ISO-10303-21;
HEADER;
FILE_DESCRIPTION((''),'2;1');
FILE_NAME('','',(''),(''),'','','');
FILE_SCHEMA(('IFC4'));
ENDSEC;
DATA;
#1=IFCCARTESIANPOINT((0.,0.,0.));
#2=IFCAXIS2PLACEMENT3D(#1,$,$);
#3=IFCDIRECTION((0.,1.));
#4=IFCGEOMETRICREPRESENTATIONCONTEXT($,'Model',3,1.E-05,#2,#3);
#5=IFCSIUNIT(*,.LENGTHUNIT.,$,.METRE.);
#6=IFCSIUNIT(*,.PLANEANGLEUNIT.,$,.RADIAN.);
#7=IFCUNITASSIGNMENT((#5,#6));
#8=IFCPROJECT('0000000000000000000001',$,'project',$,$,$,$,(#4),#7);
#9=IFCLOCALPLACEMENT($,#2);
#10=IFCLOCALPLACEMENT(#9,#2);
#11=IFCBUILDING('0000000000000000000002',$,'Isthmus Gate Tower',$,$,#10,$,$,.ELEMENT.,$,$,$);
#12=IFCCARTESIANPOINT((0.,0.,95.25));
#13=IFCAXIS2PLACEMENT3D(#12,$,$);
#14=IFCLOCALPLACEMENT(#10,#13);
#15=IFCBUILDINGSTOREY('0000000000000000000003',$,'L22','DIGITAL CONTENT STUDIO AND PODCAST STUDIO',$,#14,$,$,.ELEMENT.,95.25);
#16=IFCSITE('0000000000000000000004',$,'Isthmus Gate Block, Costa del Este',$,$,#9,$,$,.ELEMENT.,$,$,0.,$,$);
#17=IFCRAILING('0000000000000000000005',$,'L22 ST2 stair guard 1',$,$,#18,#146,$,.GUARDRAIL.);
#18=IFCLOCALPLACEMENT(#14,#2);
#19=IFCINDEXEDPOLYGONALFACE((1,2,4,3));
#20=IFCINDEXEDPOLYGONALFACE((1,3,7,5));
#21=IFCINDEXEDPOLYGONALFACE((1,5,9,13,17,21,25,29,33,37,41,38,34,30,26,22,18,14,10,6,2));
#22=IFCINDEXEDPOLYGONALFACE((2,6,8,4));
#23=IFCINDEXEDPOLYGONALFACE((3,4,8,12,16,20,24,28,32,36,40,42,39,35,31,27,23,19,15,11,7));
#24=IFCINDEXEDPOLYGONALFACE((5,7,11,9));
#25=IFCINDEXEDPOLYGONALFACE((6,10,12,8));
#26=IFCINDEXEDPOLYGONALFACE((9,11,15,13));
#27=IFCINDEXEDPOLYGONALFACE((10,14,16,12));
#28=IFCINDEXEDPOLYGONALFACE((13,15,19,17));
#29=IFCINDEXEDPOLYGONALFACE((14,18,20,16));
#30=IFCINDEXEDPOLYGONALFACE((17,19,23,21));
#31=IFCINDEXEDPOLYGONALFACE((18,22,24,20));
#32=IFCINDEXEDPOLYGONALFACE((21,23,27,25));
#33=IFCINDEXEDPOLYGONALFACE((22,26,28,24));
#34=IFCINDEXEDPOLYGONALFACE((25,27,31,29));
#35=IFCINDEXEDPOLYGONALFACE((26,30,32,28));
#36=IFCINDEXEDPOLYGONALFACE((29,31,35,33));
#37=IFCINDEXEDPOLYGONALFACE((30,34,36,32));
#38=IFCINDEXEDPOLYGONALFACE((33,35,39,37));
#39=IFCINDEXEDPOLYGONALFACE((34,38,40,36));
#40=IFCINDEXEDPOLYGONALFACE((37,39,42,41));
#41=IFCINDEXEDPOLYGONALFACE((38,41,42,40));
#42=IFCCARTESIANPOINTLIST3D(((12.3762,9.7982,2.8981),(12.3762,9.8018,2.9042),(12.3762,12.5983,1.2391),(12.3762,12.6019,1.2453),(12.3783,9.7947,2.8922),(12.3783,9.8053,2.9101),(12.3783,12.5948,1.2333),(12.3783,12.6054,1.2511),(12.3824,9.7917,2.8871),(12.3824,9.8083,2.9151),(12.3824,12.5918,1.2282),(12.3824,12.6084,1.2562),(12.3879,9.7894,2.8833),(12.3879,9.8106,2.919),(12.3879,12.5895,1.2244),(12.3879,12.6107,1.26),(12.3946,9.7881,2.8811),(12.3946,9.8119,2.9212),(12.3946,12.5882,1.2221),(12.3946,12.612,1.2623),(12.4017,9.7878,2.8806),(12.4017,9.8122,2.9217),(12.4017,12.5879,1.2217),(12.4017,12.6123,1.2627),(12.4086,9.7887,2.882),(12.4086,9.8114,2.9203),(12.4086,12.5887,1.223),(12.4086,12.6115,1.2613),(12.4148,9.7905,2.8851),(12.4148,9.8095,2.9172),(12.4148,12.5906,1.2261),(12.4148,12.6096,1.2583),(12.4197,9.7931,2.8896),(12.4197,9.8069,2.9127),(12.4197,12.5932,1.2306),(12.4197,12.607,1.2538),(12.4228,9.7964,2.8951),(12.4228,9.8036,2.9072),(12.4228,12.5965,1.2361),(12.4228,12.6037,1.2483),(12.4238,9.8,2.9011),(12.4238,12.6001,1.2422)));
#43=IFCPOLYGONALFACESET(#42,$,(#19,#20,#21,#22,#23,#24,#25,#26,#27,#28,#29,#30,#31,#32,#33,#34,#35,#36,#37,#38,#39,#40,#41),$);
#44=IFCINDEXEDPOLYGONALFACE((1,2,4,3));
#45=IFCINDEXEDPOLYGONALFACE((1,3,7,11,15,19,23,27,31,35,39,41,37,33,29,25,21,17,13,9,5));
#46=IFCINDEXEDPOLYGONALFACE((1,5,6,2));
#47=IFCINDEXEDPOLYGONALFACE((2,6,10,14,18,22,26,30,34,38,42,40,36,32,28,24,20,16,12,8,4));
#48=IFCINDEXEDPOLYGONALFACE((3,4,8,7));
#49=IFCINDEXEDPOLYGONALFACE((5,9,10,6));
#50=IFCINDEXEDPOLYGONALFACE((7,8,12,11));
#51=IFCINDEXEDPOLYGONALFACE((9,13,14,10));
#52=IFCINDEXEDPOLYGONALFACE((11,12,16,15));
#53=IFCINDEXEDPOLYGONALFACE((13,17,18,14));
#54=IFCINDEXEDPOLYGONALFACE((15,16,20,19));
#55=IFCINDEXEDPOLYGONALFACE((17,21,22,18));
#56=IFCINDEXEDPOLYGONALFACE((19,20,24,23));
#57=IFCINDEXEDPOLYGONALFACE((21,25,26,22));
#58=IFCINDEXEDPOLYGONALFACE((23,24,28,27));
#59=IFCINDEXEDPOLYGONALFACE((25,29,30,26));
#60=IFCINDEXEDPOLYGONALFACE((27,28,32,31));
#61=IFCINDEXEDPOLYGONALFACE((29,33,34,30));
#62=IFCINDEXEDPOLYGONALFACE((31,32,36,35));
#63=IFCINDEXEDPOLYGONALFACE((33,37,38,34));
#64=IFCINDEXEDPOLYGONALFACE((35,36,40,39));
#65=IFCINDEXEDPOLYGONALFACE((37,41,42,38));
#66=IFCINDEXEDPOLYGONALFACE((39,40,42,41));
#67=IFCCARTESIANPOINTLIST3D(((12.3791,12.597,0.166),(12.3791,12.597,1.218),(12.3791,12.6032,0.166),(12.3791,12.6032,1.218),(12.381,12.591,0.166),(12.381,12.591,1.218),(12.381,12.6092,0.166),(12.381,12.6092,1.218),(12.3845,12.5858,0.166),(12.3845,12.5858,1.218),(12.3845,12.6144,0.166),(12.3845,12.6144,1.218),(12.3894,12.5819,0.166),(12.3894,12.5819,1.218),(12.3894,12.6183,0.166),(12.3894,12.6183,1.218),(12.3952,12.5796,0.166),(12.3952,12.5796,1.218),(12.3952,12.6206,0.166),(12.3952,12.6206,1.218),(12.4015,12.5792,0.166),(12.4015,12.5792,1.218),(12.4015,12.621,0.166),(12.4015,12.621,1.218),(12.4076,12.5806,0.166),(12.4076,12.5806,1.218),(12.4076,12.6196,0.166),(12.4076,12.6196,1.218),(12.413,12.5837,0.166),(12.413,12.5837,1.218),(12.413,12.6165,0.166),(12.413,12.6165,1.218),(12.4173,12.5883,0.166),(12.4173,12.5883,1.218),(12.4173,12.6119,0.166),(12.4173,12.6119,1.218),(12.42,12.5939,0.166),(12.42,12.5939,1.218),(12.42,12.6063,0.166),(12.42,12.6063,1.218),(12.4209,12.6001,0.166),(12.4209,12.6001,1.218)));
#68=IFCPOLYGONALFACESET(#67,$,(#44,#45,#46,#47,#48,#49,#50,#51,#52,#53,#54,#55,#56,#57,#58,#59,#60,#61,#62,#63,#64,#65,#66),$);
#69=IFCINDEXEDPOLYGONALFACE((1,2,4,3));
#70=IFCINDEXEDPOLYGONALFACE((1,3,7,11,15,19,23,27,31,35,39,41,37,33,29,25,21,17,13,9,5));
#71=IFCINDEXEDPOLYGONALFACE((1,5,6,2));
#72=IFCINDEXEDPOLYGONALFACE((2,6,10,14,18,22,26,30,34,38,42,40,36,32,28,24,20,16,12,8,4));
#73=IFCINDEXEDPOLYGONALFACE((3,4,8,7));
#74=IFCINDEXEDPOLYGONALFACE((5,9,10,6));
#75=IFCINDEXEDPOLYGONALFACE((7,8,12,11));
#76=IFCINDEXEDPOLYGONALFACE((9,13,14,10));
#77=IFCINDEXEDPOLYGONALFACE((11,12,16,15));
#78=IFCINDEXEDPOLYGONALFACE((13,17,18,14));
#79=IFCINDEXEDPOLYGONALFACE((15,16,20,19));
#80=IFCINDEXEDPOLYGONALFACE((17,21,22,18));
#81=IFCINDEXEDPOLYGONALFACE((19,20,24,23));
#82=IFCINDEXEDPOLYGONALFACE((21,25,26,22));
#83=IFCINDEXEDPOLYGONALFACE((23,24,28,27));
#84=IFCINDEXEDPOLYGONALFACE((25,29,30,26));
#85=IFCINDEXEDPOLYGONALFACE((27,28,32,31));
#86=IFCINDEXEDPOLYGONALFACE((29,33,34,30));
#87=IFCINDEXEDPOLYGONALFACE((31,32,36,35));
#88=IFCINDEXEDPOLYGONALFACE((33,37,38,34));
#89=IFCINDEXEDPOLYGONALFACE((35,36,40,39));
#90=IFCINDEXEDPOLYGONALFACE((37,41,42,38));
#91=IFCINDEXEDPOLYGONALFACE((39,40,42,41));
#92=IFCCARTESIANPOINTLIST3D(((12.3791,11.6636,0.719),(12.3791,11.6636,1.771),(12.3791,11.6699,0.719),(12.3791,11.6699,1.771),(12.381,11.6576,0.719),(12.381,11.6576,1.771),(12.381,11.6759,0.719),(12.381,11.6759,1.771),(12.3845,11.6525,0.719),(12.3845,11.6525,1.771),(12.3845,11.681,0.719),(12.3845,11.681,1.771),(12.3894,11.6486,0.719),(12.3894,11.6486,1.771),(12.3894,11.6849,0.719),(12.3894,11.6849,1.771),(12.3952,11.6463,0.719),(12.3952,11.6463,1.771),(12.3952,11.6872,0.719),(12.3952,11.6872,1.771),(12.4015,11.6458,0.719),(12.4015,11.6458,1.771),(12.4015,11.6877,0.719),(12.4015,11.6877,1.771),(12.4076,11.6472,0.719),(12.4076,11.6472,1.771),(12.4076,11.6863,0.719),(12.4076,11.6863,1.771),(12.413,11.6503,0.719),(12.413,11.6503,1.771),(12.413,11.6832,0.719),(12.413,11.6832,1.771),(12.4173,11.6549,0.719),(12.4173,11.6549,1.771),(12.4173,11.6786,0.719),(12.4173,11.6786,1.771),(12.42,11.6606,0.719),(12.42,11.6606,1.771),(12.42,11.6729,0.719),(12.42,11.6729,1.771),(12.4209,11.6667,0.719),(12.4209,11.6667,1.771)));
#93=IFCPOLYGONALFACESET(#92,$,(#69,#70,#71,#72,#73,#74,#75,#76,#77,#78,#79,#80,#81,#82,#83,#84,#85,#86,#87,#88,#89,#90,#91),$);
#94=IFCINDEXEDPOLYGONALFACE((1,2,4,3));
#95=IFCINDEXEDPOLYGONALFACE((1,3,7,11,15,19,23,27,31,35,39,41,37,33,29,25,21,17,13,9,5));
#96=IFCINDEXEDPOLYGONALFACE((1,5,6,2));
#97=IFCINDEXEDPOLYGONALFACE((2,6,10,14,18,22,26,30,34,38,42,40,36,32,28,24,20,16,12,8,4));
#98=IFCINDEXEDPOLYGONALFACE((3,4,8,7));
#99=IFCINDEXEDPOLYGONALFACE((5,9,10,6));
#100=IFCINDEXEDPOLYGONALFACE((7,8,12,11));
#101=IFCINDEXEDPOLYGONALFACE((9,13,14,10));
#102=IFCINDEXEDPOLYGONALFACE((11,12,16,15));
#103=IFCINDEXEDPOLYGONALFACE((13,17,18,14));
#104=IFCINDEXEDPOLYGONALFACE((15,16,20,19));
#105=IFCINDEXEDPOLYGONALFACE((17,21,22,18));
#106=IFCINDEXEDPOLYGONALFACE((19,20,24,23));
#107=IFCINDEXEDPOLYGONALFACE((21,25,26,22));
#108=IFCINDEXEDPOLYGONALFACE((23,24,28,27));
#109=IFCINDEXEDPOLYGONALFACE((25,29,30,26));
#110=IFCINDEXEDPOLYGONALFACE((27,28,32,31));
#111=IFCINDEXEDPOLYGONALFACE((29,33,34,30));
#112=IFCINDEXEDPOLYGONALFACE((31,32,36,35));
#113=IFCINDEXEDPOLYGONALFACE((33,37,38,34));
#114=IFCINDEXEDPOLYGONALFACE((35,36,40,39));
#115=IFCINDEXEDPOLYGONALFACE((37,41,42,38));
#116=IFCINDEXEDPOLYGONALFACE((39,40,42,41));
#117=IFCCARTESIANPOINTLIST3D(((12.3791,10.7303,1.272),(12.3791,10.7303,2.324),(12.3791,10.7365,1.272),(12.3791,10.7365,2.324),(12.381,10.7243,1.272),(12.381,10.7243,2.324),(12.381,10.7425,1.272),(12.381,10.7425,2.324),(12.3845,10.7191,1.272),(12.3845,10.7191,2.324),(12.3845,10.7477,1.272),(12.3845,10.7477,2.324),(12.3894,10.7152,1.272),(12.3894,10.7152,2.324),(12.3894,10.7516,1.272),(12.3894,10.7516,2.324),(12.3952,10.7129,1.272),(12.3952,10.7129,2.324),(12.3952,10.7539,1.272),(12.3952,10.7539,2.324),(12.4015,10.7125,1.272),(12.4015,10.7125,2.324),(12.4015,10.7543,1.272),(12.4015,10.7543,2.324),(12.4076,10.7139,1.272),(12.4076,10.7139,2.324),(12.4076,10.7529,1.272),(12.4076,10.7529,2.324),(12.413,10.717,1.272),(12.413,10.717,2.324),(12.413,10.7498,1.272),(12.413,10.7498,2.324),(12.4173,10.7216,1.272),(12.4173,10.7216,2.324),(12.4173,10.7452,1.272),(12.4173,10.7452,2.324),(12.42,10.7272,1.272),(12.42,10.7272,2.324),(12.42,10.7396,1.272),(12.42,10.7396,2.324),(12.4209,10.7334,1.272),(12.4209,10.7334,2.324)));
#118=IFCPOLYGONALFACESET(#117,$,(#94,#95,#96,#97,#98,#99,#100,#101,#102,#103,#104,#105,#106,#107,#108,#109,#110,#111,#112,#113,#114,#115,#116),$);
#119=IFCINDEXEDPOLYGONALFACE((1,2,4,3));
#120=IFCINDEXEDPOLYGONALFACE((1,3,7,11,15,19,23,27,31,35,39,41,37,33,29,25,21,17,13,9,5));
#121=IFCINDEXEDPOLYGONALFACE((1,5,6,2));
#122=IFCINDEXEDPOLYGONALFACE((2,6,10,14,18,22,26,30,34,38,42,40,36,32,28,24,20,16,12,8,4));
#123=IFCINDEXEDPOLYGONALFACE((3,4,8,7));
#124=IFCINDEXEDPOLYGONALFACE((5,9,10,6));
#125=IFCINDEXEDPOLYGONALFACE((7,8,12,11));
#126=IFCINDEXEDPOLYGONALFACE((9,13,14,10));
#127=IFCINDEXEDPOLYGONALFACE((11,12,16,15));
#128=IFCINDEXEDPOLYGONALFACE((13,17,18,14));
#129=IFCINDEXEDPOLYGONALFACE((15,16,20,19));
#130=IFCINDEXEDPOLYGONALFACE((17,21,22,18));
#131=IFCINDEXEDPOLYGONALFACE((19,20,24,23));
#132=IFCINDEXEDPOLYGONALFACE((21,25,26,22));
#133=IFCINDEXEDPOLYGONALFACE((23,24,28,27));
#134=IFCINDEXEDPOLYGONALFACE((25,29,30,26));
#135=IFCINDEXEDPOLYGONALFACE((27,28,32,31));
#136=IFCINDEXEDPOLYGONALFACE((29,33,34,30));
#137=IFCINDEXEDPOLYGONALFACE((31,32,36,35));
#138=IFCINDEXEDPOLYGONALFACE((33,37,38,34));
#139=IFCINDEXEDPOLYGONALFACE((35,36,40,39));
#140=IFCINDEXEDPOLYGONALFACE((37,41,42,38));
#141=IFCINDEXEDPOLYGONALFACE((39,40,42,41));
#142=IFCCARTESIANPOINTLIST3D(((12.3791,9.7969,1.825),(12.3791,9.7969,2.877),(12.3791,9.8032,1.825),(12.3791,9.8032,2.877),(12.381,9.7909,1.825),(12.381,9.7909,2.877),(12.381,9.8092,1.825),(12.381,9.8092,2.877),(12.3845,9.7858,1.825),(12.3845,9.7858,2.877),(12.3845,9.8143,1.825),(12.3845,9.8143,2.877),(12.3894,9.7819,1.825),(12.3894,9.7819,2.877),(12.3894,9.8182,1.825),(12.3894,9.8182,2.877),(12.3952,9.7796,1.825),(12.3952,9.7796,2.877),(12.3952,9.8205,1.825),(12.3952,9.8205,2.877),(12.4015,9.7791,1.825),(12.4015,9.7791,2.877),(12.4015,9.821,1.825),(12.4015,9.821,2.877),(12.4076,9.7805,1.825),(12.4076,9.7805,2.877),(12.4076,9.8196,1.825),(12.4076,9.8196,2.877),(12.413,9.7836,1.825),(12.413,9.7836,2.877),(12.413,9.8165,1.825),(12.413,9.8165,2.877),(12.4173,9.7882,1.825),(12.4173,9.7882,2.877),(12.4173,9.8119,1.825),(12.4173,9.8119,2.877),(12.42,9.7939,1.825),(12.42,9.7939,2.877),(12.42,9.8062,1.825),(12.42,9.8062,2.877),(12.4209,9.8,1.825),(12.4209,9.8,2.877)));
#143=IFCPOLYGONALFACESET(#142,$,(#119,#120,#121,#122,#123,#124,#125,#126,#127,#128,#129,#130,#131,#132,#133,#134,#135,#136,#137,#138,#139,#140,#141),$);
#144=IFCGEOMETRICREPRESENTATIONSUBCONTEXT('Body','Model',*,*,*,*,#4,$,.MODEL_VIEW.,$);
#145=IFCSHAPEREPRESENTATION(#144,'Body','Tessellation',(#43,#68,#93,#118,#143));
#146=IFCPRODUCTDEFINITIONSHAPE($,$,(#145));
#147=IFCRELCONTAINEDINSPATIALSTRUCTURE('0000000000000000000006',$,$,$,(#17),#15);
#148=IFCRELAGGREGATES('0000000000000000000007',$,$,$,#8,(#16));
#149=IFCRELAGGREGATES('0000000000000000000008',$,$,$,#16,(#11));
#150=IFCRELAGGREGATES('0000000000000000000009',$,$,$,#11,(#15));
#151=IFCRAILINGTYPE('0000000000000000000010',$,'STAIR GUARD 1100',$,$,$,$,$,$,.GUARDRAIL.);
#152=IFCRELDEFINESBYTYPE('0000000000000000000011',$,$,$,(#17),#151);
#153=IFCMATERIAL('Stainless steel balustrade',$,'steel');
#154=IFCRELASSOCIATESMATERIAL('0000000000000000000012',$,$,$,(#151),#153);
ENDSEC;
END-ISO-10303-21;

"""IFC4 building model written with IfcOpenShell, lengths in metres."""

from ifc_helpers import new_model, si_unit, direction, frame, origin, origin_2d, place, context, subcontext, project, spatial, circle, extrude, material, type_object, element, save


model = new_model("IFC4")

# Units and contexts
model_context = context("Model", 3, precision=1e-05, world=origin(), true_north=direction((0.0, 1.0)))
body_context = subcontext(model_context, "Body", "Model", "MODEL_VIEW")
ifc_project = project(units=[si_unit("LENGTHUNIT", "METRE"), si_unit("PLANEANGLEUNIT", "RADIAN")], contexts=[model_context])

# Site, building, storey
site_placement = place(None, origin())
site = spatial("IfcSite", under=ifc_project, at=site_placement, Name="Isthmus Gate Block, Costa del Este", CompositionType="ELEMENT", RefElevation=0.0)
building_placement = place(site_placement, origin())
building = spatial("IfcBuilding", under=site, at=building_placement, Name="Isthmus Gate Tower", CompositionType="ELEMENT")
storey_placement = place(building_placement, frame((0.0, 0.0, 95.25)))
storey = spatial("IfcBuildingStorey", under=building, at=storey_placement, Name="L22", Description="DIGITAL CONTENT STUDIO AND PODCAST STUDIO", CompositionType="ELEMENT", Elevation=95.25)

# Railing
ifc_material_1 = material(Name="Stainless steel balustrade", Category="steel")
railing_type_1 = type_object("IfcRailingType", Name="STAIR GUARD 1100", PredefinedType="GUARDRAIL", material=ifc_material_1)
railing_1_placement = place(storey_placement, frame((12.3999, 12.6001, 0.166)))
element("IfcRailing", 1, at=railing_1_placement, inside=storey, type_object=railing_type_1, Name="L22 ST2 stair guard 1", PredefinedType="GUARDRAIL", context=body_context, shape_type="SweptSolid", body=[
    extrude(circle(Radius=0.0239, at=origin_2d()), frame((0.0, 0.0, 1.0762), z_axis=(0.0, -0.860339, 0.509722), x_axis=(1.0, 0.0, 0.0)), (0.0, 0.0, 1.0), 3.2546),
    extrude(circle(Radius=0.021, at=origin_2d()), origin(), (0.0, 0.0, 1.0), 1.052),
    extrude(circle(Radius=0.021, at=origin_2d()), frame((0.0, -0.9333, 0.553)), (0.0, 0.0, 1.0), 1.052),
    extrude(circle(Radius=0.021, at=origin_2d()), frame((0.0, -1.8667, 1.106)), (0.0, 0.0, 1.0), 1.052),
    extrude(circle(Radius=0.021, at=origin_2d()), frame((0.0, -2.8, 1.6589)), (0.0, 0.0, 1.0), 1.052),
])

save(model, "model.ifc")
